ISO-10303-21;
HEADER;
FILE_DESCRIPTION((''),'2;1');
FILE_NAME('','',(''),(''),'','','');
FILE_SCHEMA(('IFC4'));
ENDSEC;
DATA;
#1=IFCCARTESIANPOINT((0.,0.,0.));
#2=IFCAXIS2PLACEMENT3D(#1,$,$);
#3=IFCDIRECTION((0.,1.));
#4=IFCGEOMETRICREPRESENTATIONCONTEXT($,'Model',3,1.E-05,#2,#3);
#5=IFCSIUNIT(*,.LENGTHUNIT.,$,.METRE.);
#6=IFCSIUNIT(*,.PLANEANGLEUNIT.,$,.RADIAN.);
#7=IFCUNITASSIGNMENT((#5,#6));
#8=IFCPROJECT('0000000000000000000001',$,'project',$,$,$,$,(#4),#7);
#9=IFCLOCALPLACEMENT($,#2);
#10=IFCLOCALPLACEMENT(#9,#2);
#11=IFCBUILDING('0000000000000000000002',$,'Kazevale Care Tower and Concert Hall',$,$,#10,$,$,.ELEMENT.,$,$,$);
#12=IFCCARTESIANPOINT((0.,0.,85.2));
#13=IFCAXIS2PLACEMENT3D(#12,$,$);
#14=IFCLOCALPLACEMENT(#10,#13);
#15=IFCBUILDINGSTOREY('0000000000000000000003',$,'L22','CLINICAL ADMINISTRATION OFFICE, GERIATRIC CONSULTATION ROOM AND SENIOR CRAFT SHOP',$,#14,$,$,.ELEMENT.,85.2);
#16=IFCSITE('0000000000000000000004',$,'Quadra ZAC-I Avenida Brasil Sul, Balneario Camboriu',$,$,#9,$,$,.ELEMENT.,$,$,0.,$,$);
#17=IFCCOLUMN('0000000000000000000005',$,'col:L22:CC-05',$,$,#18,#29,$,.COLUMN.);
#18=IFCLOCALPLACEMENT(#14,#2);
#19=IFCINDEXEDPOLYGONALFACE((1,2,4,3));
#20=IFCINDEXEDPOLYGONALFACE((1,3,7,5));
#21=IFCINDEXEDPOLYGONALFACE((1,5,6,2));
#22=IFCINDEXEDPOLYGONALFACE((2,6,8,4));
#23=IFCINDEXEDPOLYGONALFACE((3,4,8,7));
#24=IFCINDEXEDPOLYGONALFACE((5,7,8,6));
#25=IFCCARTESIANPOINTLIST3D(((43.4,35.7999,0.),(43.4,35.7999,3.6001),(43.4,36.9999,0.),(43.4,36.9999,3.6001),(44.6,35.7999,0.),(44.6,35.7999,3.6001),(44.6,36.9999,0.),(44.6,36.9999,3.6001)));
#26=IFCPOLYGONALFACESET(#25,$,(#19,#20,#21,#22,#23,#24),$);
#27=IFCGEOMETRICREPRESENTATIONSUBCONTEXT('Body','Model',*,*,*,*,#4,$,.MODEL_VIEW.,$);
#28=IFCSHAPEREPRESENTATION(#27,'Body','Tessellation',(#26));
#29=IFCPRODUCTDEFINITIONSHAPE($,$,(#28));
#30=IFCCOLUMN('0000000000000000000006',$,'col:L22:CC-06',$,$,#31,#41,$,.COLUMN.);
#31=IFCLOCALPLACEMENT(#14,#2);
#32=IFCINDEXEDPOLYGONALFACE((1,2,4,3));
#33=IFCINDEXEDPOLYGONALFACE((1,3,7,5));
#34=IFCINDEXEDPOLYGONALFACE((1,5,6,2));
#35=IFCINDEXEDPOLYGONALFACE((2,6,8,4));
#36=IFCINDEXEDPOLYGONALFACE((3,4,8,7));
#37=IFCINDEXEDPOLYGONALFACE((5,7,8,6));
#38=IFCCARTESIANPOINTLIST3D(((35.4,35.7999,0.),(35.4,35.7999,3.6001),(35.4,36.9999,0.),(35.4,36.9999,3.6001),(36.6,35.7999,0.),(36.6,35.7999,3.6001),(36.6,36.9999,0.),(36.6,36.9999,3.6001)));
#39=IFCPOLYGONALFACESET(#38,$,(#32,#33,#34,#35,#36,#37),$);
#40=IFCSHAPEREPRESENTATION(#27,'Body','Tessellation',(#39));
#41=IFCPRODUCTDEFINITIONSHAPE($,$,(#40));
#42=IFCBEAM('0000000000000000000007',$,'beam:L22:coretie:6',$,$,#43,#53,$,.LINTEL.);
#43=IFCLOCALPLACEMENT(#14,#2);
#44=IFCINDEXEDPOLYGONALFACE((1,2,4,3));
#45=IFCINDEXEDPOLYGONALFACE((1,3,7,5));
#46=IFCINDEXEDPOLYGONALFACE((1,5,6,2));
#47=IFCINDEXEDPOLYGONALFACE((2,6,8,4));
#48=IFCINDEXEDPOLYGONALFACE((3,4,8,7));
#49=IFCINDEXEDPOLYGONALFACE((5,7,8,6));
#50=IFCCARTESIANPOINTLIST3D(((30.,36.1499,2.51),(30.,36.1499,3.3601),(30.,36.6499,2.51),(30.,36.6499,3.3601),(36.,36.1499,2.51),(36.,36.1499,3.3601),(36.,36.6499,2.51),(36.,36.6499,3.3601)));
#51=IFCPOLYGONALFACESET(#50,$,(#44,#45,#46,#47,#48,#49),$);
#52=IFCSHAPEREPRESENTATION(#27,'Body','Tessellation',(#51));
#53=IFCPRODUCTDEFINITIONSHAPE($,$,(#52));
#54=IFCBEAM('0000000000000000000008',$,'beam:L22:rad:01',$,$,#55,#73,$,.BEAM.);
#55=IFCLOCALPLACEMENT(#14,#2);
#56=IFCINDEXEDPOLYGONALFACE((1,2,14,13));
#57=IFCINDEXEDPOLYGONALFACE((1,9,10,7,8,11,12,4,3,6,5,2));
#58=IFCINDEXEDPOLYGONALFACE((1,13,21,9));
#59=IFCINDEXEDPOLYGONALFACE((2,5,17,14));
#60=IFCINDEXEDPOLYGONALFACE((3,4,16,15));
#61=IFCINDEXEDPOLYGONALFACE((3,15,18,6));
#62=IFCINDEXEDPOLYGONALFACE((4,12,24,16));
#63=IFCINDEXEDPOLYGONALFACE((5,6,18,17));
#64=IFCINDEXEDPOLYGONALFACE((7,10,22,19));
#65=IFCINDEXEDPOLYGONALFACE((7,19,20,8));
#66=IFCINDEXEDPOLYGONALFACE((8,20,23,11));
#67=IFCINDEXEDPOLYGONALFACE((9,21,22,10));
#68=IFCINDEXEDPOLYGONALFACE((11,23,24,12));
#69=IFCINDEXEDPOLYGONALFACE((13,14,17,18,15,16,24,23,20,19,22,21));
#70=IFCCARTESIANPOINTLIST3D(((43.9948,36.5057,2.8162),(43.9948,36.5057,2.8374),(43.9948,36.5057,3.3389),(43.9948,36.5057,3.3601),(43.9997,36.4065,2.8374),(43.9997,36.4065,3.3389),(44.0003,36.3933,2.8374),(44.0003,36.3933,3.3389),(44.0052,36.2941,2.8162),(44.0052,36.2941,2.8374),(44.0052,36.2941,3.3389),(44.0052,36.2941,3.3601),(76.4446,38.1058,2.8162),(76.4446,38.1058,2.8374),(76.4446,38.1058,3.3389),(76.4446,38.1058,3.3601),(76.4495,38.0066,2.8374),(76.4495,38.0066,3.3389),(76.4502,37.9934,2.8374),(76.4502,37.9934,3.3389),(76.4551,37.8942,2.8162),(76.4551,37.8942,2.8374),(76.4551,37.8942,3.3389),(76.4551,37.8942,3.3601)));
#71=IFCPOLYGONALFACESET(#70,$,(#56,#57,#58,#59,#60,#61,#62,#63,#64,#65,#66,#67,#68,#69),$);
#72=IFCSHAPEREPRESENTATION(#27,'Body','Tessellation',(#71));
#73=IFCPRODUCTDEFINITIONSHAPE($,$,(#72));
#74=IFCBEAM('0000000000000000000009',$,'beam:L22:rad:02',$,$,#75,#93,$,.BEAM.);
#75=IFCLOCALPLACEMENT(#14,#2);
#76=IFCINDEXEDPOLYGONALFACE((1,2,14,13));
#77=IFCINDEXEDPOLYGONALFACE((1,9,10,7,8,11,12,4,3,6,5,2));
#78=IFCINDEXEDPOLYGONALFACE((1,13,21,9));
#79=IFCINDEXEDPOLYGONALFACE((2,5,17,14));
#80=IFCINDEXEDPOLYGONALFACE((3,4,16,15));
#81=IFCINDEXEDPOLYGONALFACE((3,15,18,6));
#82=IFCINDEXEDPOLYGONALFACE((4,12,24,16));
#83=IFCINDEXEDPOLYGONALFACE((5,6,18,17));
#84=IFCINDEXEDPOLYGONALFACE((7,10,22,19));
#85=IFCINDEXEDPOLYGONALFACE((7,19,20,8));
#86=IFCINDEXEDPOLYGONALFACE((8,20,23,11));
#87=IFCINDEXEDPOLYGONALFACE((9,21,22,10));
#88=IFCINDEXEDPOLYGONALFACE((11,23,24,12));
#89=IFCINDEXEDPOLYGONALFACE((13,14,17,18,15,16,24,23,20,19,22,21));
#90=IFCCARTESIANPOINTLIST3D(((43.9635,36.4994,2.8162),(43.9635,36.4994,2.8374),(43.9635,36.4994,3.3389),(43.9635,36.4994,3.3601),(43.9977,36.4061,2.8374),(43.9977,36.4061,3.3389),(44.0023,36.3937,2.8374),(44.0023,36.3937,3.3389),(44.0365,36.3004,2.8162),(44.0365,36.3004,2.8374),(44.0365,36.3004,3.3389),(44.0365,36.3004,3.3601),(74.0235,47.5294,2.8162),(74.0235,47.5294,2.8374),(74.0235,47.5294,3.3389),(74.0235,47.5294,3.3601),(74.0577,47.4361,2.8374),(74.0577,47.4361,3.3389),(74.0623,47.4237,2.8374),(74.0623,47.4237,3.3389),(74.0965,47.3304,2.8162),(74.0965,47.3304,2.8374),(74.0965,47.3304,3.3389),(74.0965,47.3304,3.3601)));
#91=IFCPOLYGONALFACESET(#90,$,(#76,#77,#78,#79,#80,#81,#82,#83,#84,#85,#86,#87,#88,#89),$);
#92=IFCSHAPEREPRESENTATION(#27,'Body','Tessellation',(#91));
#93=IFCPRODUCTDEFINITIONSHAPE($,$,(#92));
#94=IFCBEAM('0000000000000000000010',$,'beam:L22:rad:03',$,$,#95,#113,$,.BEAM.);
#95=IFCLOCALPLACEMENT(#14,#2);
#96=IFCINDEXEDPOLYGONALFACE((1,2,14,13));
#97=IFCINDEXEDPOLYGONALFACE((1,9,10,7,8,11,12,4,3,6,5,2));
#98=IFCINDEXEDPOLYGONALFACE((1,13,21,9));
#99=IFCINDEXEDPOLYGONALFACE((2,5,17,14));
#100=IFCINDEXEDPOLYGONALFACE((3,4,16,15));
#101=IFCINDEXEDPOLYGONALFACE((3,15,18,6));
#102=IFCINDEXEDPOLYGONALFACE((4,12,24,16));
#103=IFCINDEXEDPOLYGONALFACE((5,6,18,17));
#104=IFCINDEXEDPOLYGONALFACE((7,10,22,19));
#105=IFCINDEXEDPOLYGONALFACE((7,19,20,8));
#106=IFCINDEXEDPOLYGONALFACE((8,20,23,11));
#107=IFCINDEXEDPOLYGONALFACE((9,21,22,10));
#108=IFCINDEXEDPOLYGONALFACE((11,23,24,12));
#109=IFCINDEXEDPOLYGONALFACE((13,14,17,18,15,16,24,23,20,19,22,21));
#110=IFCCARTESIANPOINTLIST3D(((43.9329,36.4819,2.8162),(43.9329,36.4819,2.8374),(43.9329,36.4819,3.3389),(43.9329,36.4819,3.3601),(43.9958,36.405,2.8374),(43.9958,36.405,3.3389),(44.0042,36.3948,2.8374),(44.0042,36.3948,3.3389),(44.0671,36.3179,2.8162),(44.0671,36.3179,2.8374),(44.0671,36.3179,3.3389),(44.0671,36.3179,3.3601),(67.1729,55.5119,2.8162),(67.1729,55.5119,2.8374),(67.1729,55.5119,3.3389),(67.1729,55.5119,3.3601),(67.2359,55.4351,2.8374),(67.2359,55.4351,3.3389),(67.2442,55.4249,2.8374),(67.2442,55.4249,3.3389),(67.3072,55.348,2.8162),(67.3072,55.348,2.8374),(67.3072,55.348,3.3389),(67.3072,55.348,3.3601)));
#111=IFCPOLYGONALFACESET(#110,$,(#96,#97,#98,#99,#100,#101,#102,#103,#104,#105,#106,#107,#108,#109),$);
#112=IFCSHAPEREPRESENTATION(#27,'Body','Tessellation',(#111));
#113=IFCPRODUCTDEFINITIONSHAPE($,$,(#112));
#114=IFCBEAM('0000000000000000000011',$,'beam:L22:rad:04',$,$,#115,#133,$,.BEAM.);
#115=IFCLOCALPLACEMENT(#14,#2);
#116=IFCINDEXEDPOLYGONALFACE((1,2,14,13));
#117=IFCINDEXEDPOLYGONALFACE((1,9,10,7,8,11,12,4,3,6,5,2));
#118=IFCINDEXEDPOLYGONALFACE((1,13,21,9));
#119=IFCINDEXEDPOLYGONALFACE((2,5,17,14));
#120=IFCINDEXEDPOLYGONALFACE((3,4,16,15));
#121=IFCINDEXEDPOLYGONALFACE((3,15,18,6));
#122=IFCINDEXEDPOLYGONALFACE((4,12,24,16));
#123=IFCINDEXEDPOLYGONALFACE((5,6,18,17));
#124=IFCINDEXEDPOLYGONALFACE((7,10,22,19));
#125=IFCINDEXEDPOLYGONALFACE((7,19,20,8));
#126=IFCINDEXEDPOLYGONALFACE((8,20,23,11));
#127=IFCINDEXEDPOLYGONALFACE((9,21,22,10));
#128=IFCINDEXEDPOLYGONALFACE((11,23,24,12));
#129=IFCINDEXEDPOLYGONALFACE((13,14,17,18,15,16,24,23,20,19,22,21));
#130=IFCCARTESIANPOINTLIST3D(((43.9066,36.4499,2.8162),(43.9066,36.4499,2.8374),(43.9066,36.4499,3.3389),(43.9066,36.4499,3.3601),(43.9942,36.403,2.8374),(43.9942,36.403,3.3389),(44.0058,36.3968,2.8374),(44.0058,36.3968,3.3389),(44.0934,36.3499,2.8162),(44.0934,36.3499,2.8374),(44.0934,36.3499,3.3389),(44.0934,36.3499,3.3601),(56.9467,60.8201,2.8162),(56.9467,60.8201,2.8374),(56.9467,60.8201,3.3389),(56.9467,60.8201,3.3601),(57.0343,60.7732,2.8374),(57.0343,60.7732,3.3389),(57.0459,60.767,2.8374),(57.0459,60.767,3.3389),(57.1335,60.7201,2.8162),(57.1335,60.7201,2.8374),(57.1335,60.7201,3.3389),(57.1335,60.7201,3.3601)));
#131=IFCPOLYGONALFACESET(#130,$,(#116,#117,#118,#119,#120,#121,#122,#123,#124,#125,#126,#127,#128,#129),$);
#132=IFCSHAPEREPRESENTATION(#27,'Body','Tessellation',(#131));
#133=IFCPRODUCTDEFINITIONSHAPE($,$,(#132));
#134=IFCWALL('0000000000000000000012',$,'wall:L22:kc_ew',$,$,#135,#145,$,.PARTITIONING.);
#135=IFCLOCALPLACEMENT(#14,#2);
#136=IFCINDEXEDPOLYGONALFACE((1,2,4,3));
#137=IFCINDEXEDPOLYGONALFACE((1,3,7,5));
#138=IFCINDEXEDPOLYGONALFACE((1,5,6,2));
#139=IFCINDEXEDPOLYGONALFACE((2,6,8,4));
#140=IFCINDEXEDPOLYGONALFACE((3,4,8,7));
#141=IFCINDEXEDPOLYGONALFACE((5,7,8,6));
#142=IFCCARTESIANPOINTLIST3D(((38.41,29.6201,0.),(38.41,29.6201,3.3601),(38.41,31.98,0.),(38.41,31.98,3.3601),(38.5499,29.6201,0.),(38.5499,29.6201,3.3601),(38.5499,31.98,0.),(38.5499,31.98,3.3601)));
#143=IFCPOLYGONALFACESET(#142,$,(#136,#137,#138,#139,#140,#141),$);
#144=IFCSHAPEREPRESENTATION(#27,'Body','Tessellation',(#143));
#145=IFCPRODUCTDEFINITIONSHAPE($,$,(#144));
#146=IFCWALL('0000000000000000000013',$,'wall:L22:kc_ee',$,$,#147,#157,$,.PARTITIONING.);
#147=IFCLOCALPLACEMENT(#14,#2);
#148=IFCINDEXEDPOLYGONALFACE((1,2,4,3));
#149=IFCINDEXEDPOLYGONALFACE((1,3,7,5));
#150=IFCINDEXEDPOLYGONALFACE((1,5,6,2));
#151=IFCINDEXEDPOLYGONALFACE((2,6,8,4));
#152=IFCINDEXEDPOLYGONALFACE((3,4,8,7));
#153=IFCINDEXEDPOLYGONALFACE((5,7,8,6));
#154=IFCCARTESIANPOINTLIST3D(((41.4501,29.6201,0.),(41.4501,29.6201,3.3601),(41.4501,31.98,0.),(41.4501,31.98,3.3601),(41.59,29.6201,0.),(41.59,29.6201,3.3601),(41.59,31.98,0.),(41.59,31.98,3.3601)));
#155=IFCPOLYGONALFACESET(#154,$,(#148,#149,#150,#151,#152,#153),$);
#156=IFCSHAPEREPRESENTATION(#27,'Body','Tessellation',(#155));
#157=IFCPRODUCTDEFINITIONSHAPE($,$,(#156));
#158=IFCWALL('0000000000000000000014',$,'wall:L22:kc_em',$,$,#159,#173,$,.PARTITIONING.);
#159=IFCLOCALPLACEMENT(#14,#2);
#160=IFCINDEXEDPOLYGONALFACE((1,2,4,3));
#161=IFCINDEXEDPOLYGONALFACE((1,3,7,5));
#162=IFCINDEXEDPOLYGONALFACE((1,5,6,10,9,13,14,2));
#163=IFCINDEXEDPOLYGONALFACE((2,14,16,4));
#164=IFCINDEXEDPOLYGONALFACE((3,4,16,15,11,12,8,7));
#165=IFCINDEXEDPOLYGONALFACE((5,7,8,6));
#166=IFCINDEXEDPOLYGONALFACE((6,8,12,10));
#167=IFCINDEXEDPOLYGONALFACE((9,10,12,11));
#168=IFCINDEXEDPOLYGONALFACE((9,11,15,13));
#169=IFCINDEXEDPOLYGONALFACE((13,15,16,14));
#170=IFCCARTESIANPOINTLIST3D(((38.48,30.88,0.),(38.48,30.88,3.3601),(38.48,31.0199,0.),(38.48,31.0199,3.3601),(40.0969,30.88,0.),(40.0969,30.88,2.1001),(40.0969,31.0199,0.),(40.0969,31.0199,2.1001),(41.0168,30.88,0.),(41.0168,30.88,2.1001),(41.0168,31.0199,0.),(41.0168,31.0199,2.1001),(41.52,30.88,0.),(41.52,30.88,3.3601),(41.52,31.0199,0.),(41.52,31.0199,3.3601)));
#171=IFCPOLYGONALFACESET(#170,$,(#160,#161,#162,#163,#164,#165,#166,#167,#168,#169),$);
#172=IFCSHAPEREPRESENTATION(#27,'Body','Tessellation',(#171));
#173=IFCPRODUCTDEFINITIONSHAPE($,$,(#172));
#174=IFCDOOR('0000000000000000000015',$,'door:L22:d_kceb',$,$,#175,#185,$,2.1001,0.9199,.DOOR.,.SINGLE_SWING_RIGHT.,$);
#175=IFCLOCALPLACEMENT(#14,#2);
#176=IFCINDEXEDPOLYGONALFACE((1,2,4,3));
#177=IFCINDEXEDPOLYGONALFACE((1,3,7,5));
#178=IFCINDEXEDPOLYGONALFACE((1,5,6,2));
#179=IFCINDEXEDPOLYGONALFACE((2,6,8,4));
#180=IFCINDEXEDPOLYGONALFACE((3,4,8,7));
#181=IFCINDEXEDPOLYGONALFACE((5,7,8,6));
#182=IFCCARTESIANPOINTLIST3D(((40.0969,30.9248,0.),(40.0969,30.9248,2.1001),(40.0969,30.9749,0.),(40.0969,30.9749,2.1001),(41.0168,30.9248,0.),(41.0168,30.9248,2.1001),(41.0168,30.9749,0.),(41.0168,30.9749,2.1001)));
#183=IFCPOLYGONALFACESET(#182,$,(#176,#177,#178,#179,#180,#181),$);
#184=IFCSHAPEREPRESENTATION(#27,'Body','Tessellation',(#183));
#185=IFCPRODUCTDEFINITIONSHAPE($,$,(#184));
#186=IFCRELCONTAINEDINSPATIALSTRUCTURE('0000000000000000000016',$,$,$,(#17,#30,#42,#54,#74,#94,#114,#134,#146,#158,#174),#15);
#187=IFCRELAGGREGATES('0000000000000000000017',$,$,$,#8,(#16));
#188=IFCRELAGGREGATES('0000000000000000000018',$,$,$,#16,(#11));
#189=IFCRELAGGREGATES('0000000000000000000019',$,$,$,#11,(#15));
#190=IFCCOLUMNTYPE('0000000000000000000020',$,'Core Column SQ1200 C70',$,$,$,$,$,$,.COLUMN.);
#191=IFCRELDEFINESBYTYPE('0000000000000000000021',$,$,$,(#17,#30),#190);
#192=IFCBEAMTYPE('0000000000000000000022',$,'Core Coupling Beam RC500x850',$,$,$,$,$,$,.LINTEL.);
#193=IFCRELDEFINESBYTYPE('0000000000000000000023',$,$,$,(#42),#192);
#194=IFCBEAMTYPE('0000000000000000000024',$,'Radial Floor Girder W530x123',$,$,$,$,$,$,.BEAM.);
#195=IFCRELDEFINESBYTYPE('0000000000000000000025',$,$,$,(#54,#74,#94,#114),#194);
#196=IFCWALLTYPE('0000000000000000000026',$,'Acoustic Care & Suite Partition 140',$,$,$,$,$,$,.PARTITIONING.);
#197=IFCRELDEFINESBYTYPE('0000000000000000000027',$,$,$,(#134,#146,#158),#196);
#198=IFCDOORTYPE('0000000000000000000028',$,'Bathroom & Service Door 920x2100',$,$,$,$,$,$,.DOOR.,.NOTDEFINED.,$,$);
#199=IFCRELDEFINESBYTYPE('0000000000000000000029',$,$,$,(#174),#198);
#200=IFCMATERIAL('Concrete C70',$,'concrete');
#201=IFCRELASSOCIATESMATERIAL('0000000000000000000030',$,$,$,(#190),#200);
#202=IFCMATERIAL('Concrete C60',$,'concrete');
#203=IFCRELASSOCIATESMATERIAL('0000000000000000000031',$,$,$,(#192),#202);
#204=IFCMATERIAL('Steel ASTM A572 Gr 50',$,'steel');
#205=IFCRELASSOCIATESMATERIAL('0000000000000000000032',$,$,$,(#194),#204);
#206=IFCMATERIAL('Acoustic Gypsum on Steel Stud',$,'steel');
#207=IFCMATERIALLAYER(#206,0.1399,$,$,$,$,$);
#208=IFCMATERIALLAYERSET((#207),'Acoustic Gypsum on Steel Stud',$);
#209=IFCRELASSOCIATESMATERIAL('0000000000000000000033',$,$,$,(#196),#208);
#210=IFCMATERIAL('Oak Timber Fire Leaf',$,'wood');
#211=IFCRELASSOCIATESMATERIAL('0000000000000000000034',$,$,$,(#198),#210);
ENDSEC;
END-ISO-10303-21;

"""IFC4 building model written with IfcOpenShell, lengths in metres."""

from ifc_helpers import new_model, si_unit, direction, frame, frame_2d, origin, origin_2d, place, context, subcontext, project, spatial, rectangle, i_section, extrude, material, layer, layer_set, material_profile, profile_set, type_object, element, fill, save


model = new_model("IFC4")

# Units and contexts
model_context = context("Model", 3, precision=1e-05, world=origin(), true_north=direction((0.0, 1.0)))
body_context = subcontext(model_context, "Body", "Model", "MODEL_VIEW")
ifc_project = project(units=[si_unit("LENGTHUNIT", "METRE"), si_unit("PLANEANGLEUNIT", "RADIAN")], contexts=[model_context])

# Site, building, storey
site_placement = place(None, origin())
site = spatial("IfcSite", under=ifc_project, at=site_placement, Name="Quadra ZAC-I Avenida Brasil Sul, Balneario Camboriu", CompositionType="ELEMENT", RefElevation=0.0)
building_placement = place(site_placement, origin())
building = spatial("IfcBuilding", under=site, at=building_placement, Name="Kazevale Care Tower and Concert Hall", CompositionType="ELEMENT")
storey_placement = place(building_placement, frame((0.0, 0.0, 85.2)))
storey = spatial("IfcBuildingStorey", under=building, at=storey_placement, Name="L22", Description="CLINICAL ADMINISTRATION OFFICE, GERIATRIC CONSULTATION ROOM AND SENIOR CRAFT SHOP", CompositionType="ELEMENT", Elevation=85.2)

# Columns
ifc_material_1 = material(Name="Concrete C70", Category="concrete")
ifc_material_profile_1 = material_profile(ifc_material_1, rectangle(XDim=1.2, YDim=1.2, at=origin_2d()), Name="RC-SQ1200")
ifc_profile_set_1 = profile_set([ifc_material_profile_1], Name="Concrete C70")
column_type = type_object("IfcColumnType", Name="Core Column SQ1200 C70", PredefinedType="COLUMN", material=ifc_profile_set_1)
for number, where, z_axis, x_axis, name in (
    (1, (44.0, 36.3999, 0.0), (0.0, 0.0, 1.0), (1.0, 0.0, 0.0), "col:L22:CC-05"),
    (2, (36.0, 36.3999, 0.0), (0.0, 0.0, 1.0), (1.0, 0.0, 0.0), "col:L22:CC-06"),
):
    element("IfcColumn", number, at=place(storey_placement, frame(where, z_axis=z_axis, x_axis=x_axis)), inside=storey, type_object=column_type, Name=name, PredefinedType="COLUMN", context=body_context, shape_type="SweptSolid", body=[
        extrude(rectangle(XDim=1.2, YDim=1.2, at=origin_2d()), origin(), (0.0, 0.0, 1.0), 3.6001),
    ])

# Beams
ifc_material_2 = material(Name="Concrete C60", Category="concrete")
ifc_material_profile_2 = material_profile(ifc_material_2, rectangle(XDim=0.5, YDim=0.8501, at=origin_2d()), Name="RC-B500x850")
ifc_profile_set_2 = profile_set([ifc_material_profile_2], Name="Concrete C60")
beam_type_1 = type_object("IfcBeamType", Name="Core Coupling Beam RC500x850", PredefinedType="LINTEL", material=ifc_profile_set_2)
beam_1_placement = place(storey_placement, frame((36.0, 36.3999, 2.9351), z_axis=(-1.0, 0.0, 0.0), x_axis=(0.0, -1.0, 0.0)))
element("IfcBeam", 3, at=beam_1_placement, inside=storey, type_object=beam_type_1, Name="beam:L22:coretie:6", PredefinedType="LINTEL", context=body_context, shape_type="SweptSolid", body=[
    extrude(rectangle(XDim=0.5, YDim=0.8501, at=origin_2d()), origin(), (0.0, 0.0, 1.0), 6.0),
])
ifc_material_3 = material(Name="Steel ASTM A572 Gr 50", Category="steel")
ifc_material_profile_3 = material_profile(ifc_material_3, i_section(OverallWidth=0.2119, OverallDepth=0.5439, WebThickness=0.0132, FlangeThickness=0.0212, at=origin_2d()), Name="W530x123")
ifc_profile_set_3 = profile_set([ifc_material_profile_3], Name="Steel ASTM A572 Gr 50")
beam_type_2 = type_object("IfcBeamType", Name="Radial Floor Girder W530x123", PredefinedType="BEAM", material=ifc_profile_set_3)
beam_2_placement = place(storey_placement, frame((44.0, 36.3999, 3.0881), z_axis=(0.998786, 0.04925, 0.0), x_axis=(-0.04925, 0.998786, 0.0)))
element("IfcBeam", 4, at=beam_2_placement, inside=storey, type_object=beam_type_2, Name="beam:L22:rad:01", PredefinedType="BEAM", context=body_context, shape_type="SweptSolid", body=[
    extrude(i_section(OverallWidth=0.2119, OverallDepth=0.5439, WebThickness=0.0132, FlangeThickness=0.0212, at=origin_2d()), origin(), (0.0, 0.0, 1.0), 32.4893),
])
beam_3_placement = place(storey_placement, frame((44.0, 36.3999, 3.0881), z_axis=(0.938795, 0.344475, 0.0), x_axis=(-0.344475, 0.938795, 0.0)))
element("IfcBeam", 5, at=beam_3_placement, inside=storey, type_object=beam_type_2, Name="beam:L22:rad:02", PredefinedType="BEAM", context=body_context, shape_type="SweptSolid", body=[
    extrude(i_section(OverallWidth=0.2119, OverallDepth=0.5439, WebThickness=0.0132, FlangeThickness=0.0212, at=origin_2d()), origin(), (0.0, 0.0, 1.0), 32.0198),
])
beam_4_placement = place(storey_placement, frame((44.0, 36.3999, 3.0881), z_axis=(0.773704, 0.633547, 0.0), x_axis=(-0.633547, 0.773704, 0.0)))
element("IfcBeam", 6, at=beam_4_placement, inside=storey, type_object=beam_type_2, Name="beam:L22:rad:03", PredefinedType="BEAM", context=body_context, shape_type="SweptSolid", body=[
    extrude(i_section(OverallWidth=0.2119, OverallDepth=0.5439, WebThickness=0.0132, FlangeThickness=0.0212, at=origin_2d()), origin(), (0.0, 0.0, 1.0), 30.0374),
])
beam_5_placement = place(storey_placement, frame((44.0, 36.3999, 3.0881), z_axis=(0.471789, 0.881712, 0.0), x_axis=(-0.881712, 0.471789, 0.0)))
element("IfcBeam", 7, at=beam_5_placement, inside=storey, type_object=beam_type_2, Name="beam:L22:rad:04", PredefinedType="BEAM", context=body_context, shape_type="SweptSolid", body=[
    extrude(i_section(OverallWidth=0.2119, OverallDepth=0.5439, WebThickness=0.0132, FlangeThickness=0.0212, at=origin_2d()), origin(), (0.0, 0.0, 1.0), 27.6396),
])

# Walls
ifc_material_4 = material(Name="Acoustic Gypsum on Steel Stud", Category="steel")
ifc_layer_1 = layer(ifc_material_4, 0.1399)
ifc_layer_set_1 = layer_set([ifc_layer_1], Name="Acoustic Gypsum on Steel Stud")
wall_type_1 = type_object("IfcWallType", Name="Acoustic Care & Suite Partition 140", PredefinedType="PARTITIONING", material=ifc_layer_set_1)
for number, where, z_axis, x_axis, name in (
    (8, (38.48, 29.6201, 0.0), (0.0, 0.0, 1.0), (0.0, 1.0, 0.0), "wall:L22:kc_ew"),
    (9, (41.52, 29.6201, 0.0), (0.0, 0.0, 1.0), (0.0, 1.0, 0.0), "wall:L22:kc_ee"),
):
    element("IfcWall", number, at=place(storey_placement, frame(where, z_axis=z_axis, x_axis=x_axis)), inside=storey, type_object=wall_type_1, Name=name, PredefinedType="PARTITIONING", context=body_context, shape_type="SweptSolid", body=[
        extrude(rectangle(XDim=2.3599, YDim=0.1399, at=frame_2d((1.1799, 0.0))), origin(), (0.0, 0.0, 1.0), 3.3601),
    ])

# Wall, opening, door
wall_1_placement = place(storey_placement, frame((38.48, 30.95, 0.0), z_axis=(0.0, 0.0, 1.0), x_axis=(1.0, 0.0, 0.0)))
wall_1 = element("IfcWall", 10, at=wall_1_placement, inside=storey, type_object=wall_type_1, Name="wall:L22:kc_em", PredefinedType="PARTITIONING", context=body_context, shape_type="SweptSolid", body=[
    extrude(rectangle(XDim=3.04, YDim=0.1399, at=frame_2d((1.52, 0.0))), origin(), (0.0, 0.0, 1.0), 3.3601),
])
opening_1_placement = place(wall_1_placement, frame((1.6169, 0.0, 0.0)))
opening_1 = element("IfcOpeningElement", 11, at=opening_1_placement, cuts=wall_1, PredefinedType="OPENING", context=body_context, shape_type="SweptSolid", body=[
    extrude(rectangle(XDim=0.9199, YDim=2.1001, at=frame_2d((0.46, 1.05))), frame((0.0, 0.0798, 0.0), z_axis=(0.0, -1.0, 0.0), x_axis=(1.0, 0.0, 0.0)), (0.0, 0.0, 1.0), 0.1599),
])
ifc_material_5 = material(Name="Oak Timber Fire Leaf", Category="wood")
door_type = type_object("IfcDoorType", Name="Bathroom & Service Door 920x2100", OperationType="NOTDEFINED", PredefinedType="DOOR", material=ifc_material_5)
door_1_placement = place(opening_1_placement, origin())
door_1 = element("IfcDoor", 12, at=door_1_placement, inside=storey, type_object=door_type, Name="door:L22:d_kceb", OperationType="SINGLE_SWING_RIGHT", OverallHeight=2.1001, OverallWidth=0.9199, PredefinedType="DOOR", context=body_context, shape_type="SweptSolid", body=[
    extrude(rectangle(XDim=0.9199, YDim=2.1001, at=frame_2d((0.46, 1.05))), frame((0.0, 0.0249, 0.0), z_axis=(0.0, -1.0, 0.0), x_axis=(1.0, 0.0, 0.0)), (0.0, 0.0, 1.0), 0.05),
])
fill(opening_1, door_1)

save(model, "model.ifc")
